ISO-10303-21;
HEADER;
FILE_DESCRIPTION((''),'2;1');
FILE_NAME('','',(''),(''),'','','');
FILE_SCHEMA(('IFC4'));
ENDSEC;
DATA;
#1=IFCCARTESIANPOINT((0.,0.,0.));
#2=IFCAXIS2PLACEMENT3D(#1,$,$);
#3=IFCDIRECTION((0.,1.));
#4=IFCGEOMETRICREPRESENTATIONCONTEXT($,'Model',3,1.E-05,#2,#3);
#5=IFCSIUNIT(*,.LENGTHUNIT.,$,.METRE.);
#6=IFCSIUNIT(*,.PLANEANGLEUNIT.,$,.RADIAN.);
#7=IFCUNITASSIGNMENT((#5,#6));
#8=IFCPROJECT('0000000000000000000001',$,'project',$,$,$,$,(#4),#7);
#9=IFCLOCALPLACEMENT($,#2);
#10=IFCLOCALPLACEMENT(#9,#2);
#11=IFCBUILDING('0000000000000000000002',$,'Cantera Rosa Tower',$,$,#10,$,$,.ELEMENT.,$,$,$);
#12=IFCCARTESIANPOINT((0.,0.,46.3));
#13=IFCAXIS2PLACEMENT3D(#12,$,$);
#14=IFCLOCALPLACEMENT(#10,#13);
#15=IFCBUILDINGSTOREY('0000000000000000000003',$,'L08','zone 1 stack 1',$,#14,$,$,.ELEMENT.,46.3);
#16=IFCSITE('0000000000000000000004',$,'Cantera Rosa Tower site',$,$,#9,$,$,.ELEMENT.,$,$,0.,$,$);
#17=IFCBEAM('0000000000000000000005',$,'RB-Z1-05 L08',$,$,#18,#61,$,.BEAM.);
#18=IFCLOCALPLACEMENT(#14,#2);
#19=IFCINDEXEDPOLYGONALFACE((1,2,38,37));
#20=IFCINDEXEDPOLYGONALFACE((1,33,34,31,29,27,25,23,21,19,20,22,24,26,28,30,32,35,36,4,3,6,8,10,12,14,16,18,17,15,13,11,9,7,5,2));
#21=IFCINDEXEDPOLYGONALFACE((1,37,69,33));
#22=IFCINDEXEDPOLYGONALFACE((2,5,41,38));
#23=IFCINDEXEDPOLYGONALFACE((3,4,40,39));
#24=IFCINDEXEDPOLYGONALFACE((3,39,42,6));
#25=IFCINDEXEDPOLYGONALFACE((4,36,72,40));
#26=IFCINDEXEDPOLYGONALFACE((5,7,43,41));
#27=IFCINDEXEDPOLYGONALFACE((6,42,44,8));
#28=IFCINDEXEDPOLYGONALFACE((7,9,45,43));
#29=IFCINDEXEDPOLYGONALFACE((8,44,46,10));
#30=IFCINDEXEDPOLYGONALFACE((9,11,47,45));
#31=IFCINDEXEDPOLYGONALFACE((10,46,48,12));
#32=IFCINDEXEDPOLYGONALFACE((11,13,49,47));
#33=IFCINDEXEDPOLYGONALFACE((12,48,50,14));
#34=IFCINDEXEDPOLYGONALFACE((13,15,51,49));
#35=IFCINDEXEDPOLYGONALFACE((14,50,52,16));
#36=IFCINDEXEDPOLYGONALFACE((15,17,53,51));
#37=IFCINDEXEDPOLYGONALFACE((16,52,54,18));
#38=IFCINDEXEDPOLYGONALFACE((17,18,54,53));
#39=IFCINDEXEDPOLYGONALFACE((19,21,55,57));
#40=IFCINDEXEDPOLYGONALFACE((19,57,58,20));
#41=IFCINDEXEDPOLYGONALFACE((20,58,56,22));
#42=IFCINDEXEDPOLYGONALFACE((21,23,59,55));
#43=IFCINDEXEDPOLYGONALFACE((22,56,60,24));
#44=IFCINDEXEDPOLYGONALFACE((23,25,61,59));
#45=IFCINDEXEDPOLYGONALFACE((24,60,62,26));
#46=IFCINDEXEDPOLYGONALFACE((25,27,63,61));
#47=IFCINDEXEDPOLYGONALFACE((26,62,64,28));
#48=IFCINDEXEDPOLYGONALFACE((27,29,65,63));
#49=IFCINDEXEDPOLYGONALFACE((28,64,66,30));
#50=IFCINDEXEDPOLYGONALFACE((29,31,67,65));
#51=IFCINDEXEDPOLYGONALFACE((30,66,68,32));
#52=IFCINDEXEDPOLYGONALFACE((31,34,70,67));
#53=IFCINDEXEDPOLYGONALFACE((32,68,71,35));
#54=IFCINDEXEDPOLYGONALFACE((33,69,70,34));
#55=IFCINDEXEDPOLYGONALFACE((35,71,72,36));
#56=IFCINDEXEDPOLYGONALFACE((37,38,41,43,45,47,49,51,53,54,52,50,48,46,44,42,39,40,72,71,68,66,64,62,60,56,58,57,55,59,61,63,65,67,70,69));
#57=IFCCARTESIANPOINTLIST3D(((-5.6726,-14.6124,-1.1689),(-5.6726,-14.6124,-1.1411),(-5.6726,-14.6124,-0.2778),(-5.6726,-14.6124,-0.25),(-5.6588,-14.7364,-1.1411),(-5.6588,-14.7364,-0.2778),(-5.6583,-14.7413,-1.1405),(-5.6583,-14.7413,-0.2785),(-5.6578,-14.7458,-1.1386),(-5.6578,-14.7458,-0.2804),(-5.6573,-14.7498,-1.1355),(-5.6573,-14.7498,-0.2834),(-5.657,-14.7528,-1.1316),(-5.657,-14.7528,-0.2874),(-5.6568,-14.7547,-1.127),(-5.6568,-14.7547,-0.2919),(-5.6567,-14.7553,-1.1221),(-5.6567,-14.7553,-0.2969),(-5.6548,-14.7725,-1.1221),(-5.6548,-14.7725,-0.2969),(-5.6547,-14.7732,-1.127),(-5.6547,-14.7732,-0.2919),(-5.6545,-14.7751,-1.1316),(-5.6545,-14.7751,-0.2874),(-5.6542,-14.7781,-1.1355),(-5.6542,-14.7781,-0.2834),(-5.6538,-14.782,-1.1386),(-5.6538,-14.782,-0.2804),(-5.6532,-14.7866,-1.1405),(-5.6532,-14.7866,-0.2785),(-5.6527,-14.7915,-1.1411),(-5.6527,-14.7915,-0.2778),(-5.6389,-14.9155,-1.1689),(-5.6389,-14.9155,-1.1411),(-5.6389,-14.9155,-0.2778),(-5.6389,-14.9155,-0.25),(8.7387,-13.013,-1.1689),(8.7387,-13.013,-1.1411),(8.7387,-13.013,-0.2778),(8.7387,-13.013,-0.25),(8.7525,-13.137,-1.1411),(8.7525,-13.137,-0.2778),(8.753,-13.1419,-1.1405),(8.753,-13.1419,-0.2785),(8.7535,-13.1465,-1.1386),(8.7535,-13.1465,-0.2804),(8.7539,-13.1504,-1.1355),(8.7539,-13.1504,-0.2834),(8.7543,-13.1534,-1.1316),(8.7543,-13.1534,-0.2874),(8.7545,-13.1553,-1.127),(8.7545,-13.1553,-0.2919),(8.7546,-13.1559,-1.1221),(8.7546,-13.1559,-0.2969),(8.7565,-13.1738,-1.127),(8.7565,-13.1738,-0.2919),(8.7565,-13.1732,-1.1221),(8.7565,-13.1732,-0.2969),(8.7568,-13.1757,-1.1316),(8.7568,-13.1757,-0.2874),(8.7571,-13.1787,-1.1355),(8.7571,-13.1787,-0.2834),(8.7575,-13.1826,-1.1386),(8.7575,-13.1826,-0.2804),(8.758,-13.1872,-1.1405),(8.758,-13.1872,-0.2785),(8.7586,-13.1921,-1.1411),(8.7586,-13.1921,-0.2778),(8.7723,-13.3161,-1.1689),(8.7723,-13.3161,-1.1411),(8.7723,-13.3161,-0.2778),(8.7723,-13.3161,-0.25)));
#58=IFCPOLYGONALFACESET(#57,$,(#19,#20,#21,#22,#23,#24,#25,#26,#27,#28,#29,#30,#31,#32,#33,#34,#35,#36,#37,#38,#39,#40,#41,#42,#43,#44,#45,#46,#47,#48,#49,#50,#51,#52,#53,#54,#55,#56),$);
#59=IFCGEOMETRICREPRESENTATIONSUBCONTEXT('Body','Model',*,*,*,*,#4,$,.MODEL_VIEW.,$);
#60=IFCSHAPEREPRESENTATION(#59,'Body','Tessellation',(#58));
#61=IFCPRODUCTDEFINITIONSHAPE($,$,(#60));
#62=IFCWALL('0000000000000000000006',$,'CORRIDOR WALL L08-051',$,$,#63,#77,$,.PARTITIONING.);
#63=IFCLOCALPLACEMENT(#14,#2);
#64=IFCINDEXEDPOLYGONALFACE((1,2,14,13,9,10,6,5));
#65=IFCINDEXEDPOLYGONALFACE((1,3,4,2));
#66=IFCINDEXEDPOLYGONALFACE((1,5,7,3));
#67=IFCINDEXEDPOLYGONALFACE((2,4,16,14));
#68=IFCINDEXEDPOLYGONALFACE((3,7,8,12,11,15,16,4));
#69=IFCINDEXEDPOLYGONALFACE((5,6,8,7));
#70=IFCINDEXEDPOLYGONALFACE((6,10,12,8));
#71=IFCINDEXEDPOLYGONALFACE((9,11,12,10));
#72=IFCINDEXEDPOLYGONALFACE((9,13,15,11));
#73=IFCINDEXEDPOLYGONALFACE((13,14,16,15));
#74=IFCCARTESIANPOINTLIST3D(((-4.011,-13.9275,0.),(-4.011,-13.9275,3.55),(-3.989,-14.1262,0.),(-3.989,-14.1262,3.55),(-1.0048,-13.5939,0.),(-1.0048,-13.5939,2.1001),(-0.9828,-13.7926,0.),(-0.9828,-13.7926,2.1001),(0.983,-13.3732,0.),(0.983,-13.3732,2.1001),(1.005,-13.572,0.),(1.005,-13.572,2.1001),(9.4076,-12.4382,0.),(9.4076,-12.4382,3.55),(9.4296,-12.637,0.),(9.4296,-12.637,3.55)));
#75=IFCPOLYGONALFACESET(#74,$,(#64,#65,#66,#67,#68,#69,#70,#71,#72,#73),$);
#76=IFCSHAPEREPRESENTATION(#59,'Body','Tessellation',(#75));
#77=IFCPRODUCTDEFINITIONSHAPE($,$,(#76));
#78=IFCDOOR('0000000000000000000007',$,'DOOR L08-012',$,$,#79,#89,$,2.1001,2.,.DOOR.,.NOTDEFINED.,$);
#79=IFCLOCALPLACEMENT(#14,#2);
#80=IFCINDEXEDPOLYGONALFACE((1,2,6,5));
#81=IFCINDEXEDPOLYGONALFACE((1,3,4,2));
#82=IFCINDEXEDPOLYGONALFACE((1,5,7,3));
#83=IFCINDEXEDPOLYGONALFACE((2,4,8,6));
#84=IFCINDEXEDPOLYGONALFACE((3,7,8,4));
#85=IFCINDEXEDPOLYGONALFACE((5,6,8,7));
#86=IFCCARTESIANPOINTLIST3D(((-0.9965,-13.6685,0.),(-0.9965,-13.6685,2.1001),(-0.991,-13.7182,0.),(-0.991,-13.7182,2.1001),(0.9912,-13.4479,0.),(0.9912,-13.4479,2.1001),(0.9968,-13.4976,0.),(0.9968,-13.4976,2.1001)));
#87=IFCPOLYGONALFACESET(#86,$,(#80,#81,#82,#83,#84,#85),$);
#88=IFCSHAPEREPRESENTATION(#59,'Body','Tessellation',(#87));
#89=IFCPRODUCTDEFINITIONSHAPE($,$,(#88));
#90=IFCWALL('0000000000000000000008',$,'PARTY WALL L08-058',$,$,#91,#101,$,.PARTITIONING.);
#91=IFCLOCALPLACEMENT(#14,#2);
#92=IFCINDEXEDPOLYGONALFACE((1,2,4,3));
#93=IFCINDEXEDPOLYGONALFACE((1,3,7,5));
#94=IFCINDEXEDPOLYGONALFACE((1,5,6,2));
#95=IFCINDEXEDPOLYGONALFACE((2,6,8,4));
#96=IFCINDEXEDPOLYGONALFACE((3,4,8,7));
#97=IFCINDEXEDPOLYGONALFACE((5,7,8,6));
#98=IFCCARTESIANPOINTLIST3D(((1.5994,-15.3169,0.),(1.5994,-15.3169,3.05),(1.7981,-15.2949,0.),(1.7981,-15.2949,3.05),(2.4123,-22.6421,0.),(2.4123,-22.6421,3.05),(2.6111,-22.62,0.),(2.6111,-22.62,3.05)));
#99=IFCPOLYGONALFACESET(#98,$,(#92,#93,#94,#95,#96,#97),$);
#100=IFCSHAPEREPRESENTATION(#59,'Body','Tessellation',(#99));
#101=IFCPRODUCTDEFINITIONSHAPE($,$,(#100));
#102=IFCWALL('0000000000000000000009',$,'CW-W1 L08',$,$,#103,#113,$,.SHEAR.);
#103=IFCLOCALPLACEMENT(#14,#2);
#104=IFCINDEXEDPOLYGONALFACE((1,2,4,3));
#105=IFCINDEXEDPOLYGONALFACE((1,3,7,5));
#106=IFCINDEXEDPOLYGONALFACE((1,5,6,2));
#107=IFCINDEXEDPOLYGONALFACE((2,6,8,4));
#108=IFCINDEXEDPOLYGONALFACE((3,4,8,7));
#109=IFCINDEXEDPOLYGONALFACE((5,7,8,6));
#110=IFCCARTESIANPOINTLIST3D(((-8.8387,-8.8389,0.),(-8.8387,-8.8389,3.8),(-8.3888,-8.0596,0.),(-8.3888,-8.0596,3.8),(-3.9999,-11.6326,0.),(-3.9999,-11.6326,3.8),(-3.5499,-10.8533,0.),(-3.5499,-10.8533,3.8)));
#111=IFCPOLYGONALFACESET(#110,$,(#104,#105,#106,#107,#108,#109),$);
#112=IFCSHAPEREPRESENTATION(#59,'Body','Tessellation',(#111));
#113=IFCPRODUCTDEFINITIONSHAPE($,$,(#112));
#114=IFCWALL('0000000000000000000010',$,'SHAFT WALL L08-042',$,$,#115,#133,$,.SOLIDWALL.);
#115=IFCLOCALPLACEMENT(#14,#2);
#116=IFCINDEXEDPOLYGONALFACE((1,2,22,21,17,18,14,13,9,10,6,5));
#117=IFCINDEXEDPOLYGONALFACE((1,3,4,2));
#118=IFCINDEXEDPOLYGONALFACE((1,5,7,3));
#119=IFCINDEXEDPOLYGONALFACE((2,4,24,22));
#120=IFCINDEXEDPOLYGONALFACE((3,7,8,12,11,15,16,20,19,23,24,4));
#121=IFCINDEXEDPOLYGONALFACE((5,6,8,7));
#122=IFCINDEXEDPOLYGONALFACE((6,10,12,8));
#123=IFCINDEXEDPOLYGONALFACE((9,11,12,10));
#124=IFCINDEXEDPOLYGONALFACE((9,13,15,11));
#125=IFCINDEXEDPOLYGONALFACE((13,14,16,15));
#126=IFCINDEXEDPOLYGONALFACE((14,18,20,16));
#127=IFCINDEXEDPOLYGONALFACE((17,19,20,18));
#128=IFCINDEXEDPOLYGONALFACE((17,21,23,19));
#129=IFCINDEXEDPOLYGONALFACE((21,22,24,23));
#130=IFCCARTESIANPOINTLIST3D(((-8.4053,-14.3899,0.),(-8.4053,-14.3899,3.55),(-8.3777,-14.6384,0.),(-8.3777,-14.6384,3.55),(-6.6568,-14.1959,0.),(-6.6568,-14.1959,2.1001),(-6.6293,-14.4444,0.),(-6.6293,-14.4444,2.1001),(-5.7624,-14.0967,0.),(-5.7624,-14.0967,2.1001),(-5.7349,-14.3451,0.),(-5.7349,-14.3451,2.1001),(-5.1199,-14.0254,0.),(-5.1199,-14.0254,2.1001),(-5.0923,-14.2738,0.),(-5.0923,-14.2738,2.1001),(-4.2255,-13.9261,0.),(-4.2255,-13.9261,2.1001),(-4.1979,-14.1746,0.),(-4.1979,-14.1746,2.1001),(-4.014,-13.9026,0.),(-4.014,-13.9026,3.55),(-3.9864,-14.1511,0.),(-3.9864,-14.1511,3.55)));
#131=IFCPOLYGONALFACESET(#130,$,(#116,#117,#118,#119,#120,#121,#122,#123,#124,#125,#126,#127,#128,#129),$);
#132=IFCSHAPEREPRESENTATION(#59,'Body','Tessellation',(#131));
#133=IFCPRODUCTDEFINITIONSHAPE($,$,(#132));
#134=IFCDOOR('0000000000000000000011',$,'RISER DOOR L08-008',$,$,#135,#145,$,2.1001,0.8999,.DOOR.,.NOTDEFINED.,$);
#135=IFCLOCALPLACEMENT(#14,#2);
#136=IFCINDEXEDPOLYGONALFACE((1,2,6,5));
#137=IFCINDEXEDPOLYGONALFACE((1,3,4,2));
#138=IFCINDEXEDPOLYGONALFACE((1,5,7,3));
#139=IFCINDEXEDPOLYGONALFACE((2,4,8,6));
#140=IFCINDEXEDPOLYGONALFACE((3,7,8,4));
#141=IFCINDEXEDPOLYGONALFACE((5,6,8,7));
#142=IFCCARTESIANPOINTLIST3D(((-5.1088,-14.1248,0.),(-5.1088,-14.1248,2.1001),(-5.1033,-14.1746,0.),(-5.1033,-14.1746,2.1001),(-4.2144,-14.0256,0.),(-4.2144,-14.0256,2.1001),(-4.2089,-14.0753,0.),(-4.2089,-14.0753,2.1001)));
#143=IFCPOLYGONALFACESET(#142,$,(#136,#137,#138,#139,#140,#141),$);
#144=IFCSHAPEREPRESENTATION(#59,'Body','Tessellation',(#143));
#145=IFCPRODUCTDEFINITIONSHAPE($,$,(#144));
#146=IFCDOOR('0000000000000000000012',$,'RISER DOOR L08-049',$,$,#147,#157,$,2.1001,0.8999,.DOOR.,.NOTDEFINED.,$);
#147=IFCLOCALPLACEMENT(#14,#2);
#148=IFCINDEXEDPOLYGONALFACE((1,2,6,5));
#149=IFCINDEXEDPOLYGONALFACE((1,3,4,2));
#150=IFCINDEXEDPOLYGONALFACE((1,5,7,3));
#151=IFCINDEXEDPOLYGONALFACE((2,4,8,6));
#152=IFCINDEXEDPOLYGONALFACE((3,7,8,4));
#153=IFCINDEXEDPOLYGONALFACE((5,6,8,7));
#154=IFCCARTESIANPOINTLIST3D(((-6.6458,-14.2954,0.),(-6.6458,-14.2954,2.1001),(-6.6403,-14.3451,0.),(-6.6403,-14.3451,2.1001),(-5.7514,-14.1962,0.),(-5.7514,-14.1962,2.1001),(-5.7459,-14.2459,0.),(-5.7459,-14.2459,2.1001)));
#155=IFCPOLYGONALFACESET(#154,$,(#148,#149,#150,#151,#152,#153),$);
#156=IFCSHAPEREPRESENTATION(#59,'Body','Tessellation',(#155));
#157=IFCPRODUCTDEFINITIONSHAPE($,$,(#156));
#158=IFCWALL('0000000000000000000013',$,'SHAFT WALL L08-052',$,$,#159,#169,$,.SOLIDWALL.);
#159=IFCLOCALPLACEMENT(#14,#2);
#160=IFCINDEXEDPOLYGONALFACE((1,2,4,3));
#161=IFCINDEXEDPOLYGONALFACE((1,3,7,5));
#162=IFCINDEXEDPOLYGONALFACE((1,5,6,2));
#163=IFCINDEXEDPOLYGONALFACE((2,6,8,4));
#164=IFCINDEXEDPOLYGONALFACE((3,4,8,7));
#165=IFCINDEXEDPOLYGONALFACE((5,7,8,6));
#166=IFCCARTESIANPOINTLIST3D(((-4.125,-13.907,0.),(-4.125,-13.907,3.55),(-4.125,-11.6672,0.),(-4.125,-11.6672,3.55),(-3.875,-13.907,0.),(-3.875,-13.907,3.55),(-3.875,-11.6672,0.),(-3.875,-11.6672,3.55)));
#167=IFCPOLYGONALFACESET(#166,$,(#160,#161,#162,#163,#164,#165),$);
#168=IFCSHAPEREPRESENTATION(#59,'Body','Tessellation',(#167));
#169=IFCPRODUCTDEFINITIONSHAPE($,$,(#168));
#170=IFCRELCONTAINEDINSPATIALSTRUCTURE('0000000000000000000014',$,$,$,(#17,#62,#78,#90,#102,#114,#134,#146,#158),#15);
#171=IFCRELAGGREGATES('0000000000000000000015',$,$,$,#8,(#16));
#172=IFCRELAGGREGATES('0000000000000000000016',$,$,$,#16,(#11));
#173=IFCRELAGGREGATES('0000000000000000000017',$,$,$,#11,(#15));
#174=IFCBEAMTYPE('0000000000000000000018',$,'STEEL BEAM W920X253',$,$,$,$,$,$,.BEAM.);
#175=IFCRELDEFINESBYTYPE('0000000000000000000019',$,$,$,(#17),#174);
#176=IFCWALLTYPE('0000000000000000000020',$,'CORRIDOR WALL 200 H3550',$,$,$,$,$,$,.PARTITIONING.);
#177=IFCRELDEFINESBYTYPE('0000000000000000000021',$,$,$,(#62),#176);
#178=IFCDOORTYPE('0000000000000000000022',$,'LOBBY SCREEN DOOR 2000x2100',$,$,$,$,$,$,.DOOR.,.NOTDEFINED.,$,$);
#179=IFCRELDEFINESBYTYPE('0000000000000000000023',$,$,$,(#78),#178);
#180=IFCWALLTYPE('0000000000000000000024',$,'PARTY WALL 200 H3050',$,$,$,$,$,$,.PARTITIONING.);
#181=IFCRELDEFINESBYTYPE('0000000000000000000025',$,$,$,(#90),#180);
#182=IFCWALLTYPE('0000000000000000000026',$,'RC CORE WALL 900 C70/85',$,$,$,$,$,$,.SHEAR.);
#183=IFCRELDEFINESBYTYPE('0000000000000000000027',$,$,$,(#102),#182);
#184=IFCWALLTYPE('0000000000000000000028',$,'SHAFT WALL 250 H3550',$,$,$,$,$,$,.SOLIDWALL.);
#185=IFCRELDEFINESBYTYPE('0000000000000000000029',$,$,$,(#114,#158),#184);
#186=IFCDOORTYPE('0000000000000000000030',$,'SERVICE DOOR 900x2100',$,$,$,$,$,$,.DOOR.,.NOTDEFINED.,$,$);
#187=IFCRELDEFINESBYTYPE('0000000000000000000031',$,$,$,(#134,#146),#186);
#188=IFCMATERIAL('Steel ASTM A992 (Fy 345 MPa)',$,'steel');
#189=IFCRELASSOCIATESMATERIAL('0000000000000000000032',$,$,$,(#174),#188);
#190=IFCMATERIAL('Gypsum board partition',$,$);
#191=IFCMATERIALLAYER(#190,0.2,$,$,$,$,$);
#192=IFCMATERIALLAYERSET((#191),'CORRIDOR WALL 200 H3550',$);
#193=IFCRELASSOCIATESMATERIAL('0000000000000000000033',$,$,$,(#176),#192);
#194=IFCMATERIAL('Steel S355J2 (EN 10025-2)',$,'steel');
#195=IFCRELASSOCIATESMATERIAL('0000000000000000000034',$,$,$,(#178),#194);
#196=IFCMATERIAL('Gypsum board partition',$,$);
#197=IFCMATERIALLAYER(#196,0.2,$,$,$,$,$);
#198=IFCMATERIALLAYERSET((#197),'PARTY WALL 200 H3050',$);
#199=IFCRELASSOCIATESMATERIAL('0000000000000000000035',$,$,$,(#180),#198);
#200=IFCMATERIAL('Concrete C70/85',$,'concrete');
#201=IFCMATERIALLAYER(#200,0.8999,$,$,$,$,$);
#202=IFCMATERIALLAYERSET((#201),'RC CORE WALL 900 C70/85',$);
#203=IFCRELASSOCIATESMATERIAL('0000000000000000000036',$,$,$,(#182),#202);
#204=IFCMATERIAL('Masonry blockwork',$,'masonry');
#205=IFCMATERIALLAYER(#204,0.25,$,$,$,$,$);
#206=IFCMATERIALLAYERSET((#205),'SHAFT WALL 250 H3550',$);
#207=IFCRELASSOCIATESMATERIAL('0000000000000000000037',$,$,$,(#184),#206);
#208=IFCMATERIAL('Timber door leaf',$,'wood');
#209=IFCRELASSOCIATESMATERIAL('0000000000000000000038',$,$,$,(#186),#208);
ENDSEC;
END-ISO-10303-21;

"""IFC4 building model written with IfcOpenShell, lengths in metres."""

from ifc_helpers import new_model, si_unit, direction, frame, frame_2d, origin, origin_2d, place, context, subcontext, project, spatial, rectangle, i_section, extrude, material, layer, layer_set, material_profile, profile_set, type_object, element, fill, save


model = new_model("IFC4")

# Units and contexts
model_context = context("Model", 3, precision=1e-05, world=origin(), true_north=direction((0.0, 1.0)))
body_context = subcontext(model_context, "Body", "Model", "MODEL_VIEW")
ifc_project = project(units=[si_unit("LENGTHUNIT", "METRE"), si_unit("PLANEANGLEUNIT", "RADIAN")], contexts=[model_context])

# Site, building, storey
site_placement = place(None, origin())
site = spatial("IfcSite", under=ifc_project, at=site_placement, Name="Cantera Rosa Tower site", CompositionType="ELEMENT", RefElevation=0.0)
building_placement = place(site_placement, origin())
building = spatial("IfcBuilding", under=site, at=building_placement, Name="Cantera Rosa Tower", CompositionType="ELEMENT")
storey_placement = place(building_placement, frame((0.0, 0.0, 46.3)))
storey = spatial("IfcBuildingStorey", under=building, at=storey_placement, Name="L08", Description="zone 1 stack 1", CompositionType="ELEMENT", Elevation=46.3)

# Beam
ifc_material_1 = material(Name="Steel ASTM A992 (Fy 345 MPa)", Category="steel")
ifc_material_profile = material_profile(ifc_material_1, i_section(OverallWidth=0.3049, OverallDepth=0.9189, WebThickness=0.0173, FlangeThickness=0.0278, FilletRadius=0.019, at=origin_2d()), Name="W920X253")
ifc_profile_set = profile_set([ifc_material_profile], Name="Steel ASTM A992 (Fy 345 MPa)")
beam_type = type_object("IfcBeamType", Name="STEEL BEAM W920X253", PredefinedType="BEAM", material=ifc_profile_set)
beam_placement = place(storey_placement, frame((-5.6558, -14.7639, -0.7095), z_axis=(0.993898, 0.110302, 0.0), x_axis=(-0.110302, 0.993898, 0.0)))
element("IfcBeam", 1, at=beam_placement, inside=storey, type_object=beam_type, Name="RB-Z1-05 L08", PredefinedType="BEAM", context=body_context, shape_type="SweptSolid", body=[
    extrude(i_section(OverallWidth=0.3049, OverallDepth=0.9189, WebThickness=0.0173, FlangeThickness=0.0278, FilletRadius=0.019, at=origin_2d()), origin(), (0.0, 0.0, 1.0), 14.4998),
])

# Wall, opening, door
ifc_material_2 = material(Name="Gypsum board partition")
ifc_layer_1 = layer(ifc_material_2, 0.2)
ifc_layer_set_1 = layer_set([ifc_layer_1], Name="CORRIDOR WALL 200 H3550")
wall_type_1 = type_object("IfcWallType", Name="CORRIDOR WALL 200 H3550", PredefinedType="PARTITIONING", material=ifc_layer_set_1)
wall_1_placement = place(storey_placement, frame((-4.0, -14.0269, 0.0), z_axis=(0.0, 0.0, 1.0), x_axis=(0.993898, 0.110306, 0.0)))
wall_1 = element("IfcWall", 2, at=wall_1_placement, inside=storey, type_object=wall_type_1, Name="CORRIDOR WALL L08-051", PredefinedType="PARTITIONING", context=body_context, shape_type="SweptSolid", body=[
    extrude(rectangle(XDim=13.501, YDim=0.2, at=frame_2d((6.7505, 0.0))), origin(), (0.0, 0.0, 1.0), 3.55),
])
opening_1_placement = place(wall_1_placement, frame((3.0247, 0.0, 0.0)))
opening_1 = element("IfcOpeningElement", 3, at=opening_1_placement, cuts=wall_1, PredefinedType="OPENING", context=body_context, shape_type="SweptSolid", body=[
    extrude(rectangle(XDim=2.0, YDim=2.1001, at=frame_2d((1.0, 1.05))), frame((0.0, 0.1099, 0.0), z_axis=(0.0, -1.0, 0.0), x_axis=(1.0, 0.0, 0.0)), (0.0, 0.0, 1.0), 0.22),
])
ifc_material_3 = material(Name="Steel S355J2 (EN 10025-2)", Category="steel")
door_type_1 = type_object("IfcDoorType", Name="LOBBY SCREEN DOOR 2000x2100", OperationType="NOTDEFINED", PredefinedType="DOOR", material=ifc_material_3)
door_1_placement = place(opening_1_placement, origin())
door_1 = element("IfcDoor", 4, at=door_1_placement, inside=storey, type_object=door_type_1, Name="DOOR L08-012", OperationType="NOTDEFINED", OverallHeight=2.1001, OverallWidth=2.0, PredefinedType="DOOR", context=body_context, shape_type="SweptSolid", body=[
    extrude(rectangle(XDim=2.0, YDim=2.1001, at=frame_2d((1.0, 1.05))), frame((0.0, 0.0249, 0.0), z_axis=(0.0, -1.0, 0.0), x_axis=(1.0, 0.0, 0.0)), (0.0, 0.0, 1.0), 0.05),
])
fill(opening_1, door_1)

# Walls
ifc_material_4 = material(Name="Gypsum board partition")
ifc_layer_2 = layer(ifc_material_4, 0.2)
ifc_layer_set_2 = layer_set([ifc_layer_2], Name="PARTY WALL 200 H3050")
wall_type_2 = type_object("IfcWallType", Name="PARTY WALL 200 H3050", PredefinedType="PARTITIONING", material=ifc_layer_set_2)
wall_2_placement = place(storey_placement, frame((1.6987, -15.3059, 0.0), z_axis=(0.0, 0.0, 1.0), x_axis=(0.110308, -0.993897, 0.0)))
element("IfcWall", 5, at=wall_2_placement, inside=storey, type_object=wall_type_2, Name="PARTY WALL L08-058", PredefinedType="PARTITIONING", context=body_context, shape_type="SweptSolid", body=[
    extrude(rectangle(XDim=7.3701, YDim=0.2, at=frame_2d((3.6851, 0.0))), origin(), (0.0, 0.0, 1.0), 3.05),
])
ifc_material_5 = material(Name="Concrete C70/85", Category="concrete")
ifc_layer_3 = layer(ifc_material_5, 0.8999)
ifc_layer_set_3 = layer_set([ifc_layer_3], Name="RC CORE WALL 900 C70/85")
wall_type_3 = type_object("IfcWallType", Name="RC CORE WALL 900 C70/85", PredefinedType="SHEAR", material=ifc_layer_set_3)
wall_3_placement = place(storey_placement, frame((-3.7749, -11.2429, 0.0), z_axis=(0.0, 0.0, 1.0), x_axis=(-0.866027, 0.499997, 0.0)))
element("IfcWall", 6, at=wall_3_placement, inside=storey, type_object=wall_type_3, Name="CW-W1 L08", PredefinedType="SHEAR", context=body_context, shape_type="SweptSolid", body=[
    extrude(rectangle(XDim=5.5874, YDim=0.8999, at=frame_2d((2.7937, 0.0))), origin(), (0.0, 0.0, 1.0), 3.8),
])

# Wall, openings, doors
ifc_material_6 = material(Name="Masonry blockwork", Category="masonry")
ifc_layer_4 = layer(ifc_material_6, 0.25)
ifc_layer_set_4 = layer_set([ifc_layer_4], Name="SHAFT WALL 250 H3550")
wall_type_4 = type_object("IfcWallType", Name="SHAFT WALL 250 H3550", PredefinedType="SOLIDWALL", material=ifc_layer_set_4)
wall_4_placement = place(storey_placement, frame((-8.3914, -14.5142, 0.0), z_axis=(0.0, 0.0, 1.0), x_axis=(0.993899, 0.110292, 0.0)))
wall_4 = element("IfcWall", 7, at=wall_4_placement, inside=storey, type_object=wall_type_4, Name="SHAFT WALL L08-042", PredefinedType="SOLIDWALL", context=body_context, shape_type="SweptSolid", body=[
    extrude(rectangle(XDim=4.4182, YDim=0.25, at=frame_2d((2.209, 0.0))), origin(), (0.0, 0.0, 1.0), 3.55),
])
opening_2_placement = place(wall_4_placement, frame((3.3054, 0.0, 0.0)))
opening_2 = element("IfcOpeningElement", 8, at=opening_2_placement, cuts=wall_4, PredefinedType="OPENING", context=body_context, shape_type="SweptSolid", body=[
    extrude(rectangle(XDim=0.8999, YDim=2.1001, at=frame_2d((0.45, 1.05))), frame((0.0, 0.135, 0.0), z_axis=(0.0, -1.0, 0.0), x_axis=(1.0, 0.0, 0.0)), (0.0, 0.0, 1.0), 0.27),
])
opening_3_placement = place(wall_4_placement, frame((1.759, 0.0, 0.0)))
opening_3 = element("IfcOpeningElement", 9, at=opening_3_placement, cuts=wall_4, PredefinedType="OPENING", context=body_context, shape_type="SweptSolid", body=[
    extrude(rectangle(XDim=0.8999, YDim=2.1001, at=frame_2d((0.45, 1.05))), frame((0.0, 0.135, 0.0), z_axis=(0.0, -1.0, 0.0), x_axis=(1.0, 0.0, 0.0)), (0.0, 0.0, 1.0), 0.27),
])
ifc_material_7 = material(Name="Timber door leaf", Category="wood")
door_type_2 = type_object("IfcDoorType", Name="SERVICE DOOR 900x2100", OperationType="NOTDEFINED", PredefinedType="DOOR", material=ifc_material_7)
door_2_placement = place(opening_2_placement, origin())
door_2 = element("IfcDoor", 10, at=door_2_placement, inside=storey, type_object=door_type_2, Name="RISER DOOR L08-008", OperationType="NOTDEFINED", OverallHeight=2.1001, OverallWidth=0.8999, PredefinedType="DOOR", context=body_context, shape_type="SweptSolid", body=[
    extrude(rectangle(XDim=0.8999, YDim=2.1001, at=frame_2d((0.45, 1.05))), frame((0.0, 0.0249, 0.0), z_axis=(0.0, -1.0, 0.0), x_axis=(1.0, 0.0, 0.0)), (0.0, 0.0, 1.0), 0.05),
])
fill(opening_2, door_2)
door_3_placement = place(opening_3_placement, origin())
door_3 = element("IfcDoor", 11, at=door_3_placement, inside=storey, type_object=door_type_2, Name="RISER DOOR L08-049", OperationType="NOTDEFINED", OverallHeight=2.1001, OverallWidth=0.8999, PredefinedType="DOOR", context=body_context, shape_type="SweptSolid", body=[
    extrude(rectangle(XDim=0.8999, YDim=2.1001, at=frame_2d((0.45, 1.05))), frame((0.0, 0.0249, 0.0), z_axis=(0.0, -1.0, 0.0), x_axis=(1.0, 0.0, 0.0)), (0.0, 0.0, 1.0), 0.05),
])
fill(opening_3, door_3)

# Wall
wall_5_placement = place(storey_placement, frame((-4.0, -11.6672, 0.0), z_axis=(0.0, 0.0, 1.0), x_axis=(0.0, -1.0, 0.0)))
element("IfcWall", 12, at=wall_5_placement, inside=storey, type_object=wall_type_4, Name="SHAFT WALL L08-052", PredefinedType="SOLIDWALL", context=body_context, shape_type="SweptSolid", body=[
    extrude(rectangle(XDim=2.2397, YDim=0.25, at=frame_2d((1.1199, 0.0))), origin(), (0.0, 0.0, 1.0), 3.55),
])

save(model, "model.ifc")
